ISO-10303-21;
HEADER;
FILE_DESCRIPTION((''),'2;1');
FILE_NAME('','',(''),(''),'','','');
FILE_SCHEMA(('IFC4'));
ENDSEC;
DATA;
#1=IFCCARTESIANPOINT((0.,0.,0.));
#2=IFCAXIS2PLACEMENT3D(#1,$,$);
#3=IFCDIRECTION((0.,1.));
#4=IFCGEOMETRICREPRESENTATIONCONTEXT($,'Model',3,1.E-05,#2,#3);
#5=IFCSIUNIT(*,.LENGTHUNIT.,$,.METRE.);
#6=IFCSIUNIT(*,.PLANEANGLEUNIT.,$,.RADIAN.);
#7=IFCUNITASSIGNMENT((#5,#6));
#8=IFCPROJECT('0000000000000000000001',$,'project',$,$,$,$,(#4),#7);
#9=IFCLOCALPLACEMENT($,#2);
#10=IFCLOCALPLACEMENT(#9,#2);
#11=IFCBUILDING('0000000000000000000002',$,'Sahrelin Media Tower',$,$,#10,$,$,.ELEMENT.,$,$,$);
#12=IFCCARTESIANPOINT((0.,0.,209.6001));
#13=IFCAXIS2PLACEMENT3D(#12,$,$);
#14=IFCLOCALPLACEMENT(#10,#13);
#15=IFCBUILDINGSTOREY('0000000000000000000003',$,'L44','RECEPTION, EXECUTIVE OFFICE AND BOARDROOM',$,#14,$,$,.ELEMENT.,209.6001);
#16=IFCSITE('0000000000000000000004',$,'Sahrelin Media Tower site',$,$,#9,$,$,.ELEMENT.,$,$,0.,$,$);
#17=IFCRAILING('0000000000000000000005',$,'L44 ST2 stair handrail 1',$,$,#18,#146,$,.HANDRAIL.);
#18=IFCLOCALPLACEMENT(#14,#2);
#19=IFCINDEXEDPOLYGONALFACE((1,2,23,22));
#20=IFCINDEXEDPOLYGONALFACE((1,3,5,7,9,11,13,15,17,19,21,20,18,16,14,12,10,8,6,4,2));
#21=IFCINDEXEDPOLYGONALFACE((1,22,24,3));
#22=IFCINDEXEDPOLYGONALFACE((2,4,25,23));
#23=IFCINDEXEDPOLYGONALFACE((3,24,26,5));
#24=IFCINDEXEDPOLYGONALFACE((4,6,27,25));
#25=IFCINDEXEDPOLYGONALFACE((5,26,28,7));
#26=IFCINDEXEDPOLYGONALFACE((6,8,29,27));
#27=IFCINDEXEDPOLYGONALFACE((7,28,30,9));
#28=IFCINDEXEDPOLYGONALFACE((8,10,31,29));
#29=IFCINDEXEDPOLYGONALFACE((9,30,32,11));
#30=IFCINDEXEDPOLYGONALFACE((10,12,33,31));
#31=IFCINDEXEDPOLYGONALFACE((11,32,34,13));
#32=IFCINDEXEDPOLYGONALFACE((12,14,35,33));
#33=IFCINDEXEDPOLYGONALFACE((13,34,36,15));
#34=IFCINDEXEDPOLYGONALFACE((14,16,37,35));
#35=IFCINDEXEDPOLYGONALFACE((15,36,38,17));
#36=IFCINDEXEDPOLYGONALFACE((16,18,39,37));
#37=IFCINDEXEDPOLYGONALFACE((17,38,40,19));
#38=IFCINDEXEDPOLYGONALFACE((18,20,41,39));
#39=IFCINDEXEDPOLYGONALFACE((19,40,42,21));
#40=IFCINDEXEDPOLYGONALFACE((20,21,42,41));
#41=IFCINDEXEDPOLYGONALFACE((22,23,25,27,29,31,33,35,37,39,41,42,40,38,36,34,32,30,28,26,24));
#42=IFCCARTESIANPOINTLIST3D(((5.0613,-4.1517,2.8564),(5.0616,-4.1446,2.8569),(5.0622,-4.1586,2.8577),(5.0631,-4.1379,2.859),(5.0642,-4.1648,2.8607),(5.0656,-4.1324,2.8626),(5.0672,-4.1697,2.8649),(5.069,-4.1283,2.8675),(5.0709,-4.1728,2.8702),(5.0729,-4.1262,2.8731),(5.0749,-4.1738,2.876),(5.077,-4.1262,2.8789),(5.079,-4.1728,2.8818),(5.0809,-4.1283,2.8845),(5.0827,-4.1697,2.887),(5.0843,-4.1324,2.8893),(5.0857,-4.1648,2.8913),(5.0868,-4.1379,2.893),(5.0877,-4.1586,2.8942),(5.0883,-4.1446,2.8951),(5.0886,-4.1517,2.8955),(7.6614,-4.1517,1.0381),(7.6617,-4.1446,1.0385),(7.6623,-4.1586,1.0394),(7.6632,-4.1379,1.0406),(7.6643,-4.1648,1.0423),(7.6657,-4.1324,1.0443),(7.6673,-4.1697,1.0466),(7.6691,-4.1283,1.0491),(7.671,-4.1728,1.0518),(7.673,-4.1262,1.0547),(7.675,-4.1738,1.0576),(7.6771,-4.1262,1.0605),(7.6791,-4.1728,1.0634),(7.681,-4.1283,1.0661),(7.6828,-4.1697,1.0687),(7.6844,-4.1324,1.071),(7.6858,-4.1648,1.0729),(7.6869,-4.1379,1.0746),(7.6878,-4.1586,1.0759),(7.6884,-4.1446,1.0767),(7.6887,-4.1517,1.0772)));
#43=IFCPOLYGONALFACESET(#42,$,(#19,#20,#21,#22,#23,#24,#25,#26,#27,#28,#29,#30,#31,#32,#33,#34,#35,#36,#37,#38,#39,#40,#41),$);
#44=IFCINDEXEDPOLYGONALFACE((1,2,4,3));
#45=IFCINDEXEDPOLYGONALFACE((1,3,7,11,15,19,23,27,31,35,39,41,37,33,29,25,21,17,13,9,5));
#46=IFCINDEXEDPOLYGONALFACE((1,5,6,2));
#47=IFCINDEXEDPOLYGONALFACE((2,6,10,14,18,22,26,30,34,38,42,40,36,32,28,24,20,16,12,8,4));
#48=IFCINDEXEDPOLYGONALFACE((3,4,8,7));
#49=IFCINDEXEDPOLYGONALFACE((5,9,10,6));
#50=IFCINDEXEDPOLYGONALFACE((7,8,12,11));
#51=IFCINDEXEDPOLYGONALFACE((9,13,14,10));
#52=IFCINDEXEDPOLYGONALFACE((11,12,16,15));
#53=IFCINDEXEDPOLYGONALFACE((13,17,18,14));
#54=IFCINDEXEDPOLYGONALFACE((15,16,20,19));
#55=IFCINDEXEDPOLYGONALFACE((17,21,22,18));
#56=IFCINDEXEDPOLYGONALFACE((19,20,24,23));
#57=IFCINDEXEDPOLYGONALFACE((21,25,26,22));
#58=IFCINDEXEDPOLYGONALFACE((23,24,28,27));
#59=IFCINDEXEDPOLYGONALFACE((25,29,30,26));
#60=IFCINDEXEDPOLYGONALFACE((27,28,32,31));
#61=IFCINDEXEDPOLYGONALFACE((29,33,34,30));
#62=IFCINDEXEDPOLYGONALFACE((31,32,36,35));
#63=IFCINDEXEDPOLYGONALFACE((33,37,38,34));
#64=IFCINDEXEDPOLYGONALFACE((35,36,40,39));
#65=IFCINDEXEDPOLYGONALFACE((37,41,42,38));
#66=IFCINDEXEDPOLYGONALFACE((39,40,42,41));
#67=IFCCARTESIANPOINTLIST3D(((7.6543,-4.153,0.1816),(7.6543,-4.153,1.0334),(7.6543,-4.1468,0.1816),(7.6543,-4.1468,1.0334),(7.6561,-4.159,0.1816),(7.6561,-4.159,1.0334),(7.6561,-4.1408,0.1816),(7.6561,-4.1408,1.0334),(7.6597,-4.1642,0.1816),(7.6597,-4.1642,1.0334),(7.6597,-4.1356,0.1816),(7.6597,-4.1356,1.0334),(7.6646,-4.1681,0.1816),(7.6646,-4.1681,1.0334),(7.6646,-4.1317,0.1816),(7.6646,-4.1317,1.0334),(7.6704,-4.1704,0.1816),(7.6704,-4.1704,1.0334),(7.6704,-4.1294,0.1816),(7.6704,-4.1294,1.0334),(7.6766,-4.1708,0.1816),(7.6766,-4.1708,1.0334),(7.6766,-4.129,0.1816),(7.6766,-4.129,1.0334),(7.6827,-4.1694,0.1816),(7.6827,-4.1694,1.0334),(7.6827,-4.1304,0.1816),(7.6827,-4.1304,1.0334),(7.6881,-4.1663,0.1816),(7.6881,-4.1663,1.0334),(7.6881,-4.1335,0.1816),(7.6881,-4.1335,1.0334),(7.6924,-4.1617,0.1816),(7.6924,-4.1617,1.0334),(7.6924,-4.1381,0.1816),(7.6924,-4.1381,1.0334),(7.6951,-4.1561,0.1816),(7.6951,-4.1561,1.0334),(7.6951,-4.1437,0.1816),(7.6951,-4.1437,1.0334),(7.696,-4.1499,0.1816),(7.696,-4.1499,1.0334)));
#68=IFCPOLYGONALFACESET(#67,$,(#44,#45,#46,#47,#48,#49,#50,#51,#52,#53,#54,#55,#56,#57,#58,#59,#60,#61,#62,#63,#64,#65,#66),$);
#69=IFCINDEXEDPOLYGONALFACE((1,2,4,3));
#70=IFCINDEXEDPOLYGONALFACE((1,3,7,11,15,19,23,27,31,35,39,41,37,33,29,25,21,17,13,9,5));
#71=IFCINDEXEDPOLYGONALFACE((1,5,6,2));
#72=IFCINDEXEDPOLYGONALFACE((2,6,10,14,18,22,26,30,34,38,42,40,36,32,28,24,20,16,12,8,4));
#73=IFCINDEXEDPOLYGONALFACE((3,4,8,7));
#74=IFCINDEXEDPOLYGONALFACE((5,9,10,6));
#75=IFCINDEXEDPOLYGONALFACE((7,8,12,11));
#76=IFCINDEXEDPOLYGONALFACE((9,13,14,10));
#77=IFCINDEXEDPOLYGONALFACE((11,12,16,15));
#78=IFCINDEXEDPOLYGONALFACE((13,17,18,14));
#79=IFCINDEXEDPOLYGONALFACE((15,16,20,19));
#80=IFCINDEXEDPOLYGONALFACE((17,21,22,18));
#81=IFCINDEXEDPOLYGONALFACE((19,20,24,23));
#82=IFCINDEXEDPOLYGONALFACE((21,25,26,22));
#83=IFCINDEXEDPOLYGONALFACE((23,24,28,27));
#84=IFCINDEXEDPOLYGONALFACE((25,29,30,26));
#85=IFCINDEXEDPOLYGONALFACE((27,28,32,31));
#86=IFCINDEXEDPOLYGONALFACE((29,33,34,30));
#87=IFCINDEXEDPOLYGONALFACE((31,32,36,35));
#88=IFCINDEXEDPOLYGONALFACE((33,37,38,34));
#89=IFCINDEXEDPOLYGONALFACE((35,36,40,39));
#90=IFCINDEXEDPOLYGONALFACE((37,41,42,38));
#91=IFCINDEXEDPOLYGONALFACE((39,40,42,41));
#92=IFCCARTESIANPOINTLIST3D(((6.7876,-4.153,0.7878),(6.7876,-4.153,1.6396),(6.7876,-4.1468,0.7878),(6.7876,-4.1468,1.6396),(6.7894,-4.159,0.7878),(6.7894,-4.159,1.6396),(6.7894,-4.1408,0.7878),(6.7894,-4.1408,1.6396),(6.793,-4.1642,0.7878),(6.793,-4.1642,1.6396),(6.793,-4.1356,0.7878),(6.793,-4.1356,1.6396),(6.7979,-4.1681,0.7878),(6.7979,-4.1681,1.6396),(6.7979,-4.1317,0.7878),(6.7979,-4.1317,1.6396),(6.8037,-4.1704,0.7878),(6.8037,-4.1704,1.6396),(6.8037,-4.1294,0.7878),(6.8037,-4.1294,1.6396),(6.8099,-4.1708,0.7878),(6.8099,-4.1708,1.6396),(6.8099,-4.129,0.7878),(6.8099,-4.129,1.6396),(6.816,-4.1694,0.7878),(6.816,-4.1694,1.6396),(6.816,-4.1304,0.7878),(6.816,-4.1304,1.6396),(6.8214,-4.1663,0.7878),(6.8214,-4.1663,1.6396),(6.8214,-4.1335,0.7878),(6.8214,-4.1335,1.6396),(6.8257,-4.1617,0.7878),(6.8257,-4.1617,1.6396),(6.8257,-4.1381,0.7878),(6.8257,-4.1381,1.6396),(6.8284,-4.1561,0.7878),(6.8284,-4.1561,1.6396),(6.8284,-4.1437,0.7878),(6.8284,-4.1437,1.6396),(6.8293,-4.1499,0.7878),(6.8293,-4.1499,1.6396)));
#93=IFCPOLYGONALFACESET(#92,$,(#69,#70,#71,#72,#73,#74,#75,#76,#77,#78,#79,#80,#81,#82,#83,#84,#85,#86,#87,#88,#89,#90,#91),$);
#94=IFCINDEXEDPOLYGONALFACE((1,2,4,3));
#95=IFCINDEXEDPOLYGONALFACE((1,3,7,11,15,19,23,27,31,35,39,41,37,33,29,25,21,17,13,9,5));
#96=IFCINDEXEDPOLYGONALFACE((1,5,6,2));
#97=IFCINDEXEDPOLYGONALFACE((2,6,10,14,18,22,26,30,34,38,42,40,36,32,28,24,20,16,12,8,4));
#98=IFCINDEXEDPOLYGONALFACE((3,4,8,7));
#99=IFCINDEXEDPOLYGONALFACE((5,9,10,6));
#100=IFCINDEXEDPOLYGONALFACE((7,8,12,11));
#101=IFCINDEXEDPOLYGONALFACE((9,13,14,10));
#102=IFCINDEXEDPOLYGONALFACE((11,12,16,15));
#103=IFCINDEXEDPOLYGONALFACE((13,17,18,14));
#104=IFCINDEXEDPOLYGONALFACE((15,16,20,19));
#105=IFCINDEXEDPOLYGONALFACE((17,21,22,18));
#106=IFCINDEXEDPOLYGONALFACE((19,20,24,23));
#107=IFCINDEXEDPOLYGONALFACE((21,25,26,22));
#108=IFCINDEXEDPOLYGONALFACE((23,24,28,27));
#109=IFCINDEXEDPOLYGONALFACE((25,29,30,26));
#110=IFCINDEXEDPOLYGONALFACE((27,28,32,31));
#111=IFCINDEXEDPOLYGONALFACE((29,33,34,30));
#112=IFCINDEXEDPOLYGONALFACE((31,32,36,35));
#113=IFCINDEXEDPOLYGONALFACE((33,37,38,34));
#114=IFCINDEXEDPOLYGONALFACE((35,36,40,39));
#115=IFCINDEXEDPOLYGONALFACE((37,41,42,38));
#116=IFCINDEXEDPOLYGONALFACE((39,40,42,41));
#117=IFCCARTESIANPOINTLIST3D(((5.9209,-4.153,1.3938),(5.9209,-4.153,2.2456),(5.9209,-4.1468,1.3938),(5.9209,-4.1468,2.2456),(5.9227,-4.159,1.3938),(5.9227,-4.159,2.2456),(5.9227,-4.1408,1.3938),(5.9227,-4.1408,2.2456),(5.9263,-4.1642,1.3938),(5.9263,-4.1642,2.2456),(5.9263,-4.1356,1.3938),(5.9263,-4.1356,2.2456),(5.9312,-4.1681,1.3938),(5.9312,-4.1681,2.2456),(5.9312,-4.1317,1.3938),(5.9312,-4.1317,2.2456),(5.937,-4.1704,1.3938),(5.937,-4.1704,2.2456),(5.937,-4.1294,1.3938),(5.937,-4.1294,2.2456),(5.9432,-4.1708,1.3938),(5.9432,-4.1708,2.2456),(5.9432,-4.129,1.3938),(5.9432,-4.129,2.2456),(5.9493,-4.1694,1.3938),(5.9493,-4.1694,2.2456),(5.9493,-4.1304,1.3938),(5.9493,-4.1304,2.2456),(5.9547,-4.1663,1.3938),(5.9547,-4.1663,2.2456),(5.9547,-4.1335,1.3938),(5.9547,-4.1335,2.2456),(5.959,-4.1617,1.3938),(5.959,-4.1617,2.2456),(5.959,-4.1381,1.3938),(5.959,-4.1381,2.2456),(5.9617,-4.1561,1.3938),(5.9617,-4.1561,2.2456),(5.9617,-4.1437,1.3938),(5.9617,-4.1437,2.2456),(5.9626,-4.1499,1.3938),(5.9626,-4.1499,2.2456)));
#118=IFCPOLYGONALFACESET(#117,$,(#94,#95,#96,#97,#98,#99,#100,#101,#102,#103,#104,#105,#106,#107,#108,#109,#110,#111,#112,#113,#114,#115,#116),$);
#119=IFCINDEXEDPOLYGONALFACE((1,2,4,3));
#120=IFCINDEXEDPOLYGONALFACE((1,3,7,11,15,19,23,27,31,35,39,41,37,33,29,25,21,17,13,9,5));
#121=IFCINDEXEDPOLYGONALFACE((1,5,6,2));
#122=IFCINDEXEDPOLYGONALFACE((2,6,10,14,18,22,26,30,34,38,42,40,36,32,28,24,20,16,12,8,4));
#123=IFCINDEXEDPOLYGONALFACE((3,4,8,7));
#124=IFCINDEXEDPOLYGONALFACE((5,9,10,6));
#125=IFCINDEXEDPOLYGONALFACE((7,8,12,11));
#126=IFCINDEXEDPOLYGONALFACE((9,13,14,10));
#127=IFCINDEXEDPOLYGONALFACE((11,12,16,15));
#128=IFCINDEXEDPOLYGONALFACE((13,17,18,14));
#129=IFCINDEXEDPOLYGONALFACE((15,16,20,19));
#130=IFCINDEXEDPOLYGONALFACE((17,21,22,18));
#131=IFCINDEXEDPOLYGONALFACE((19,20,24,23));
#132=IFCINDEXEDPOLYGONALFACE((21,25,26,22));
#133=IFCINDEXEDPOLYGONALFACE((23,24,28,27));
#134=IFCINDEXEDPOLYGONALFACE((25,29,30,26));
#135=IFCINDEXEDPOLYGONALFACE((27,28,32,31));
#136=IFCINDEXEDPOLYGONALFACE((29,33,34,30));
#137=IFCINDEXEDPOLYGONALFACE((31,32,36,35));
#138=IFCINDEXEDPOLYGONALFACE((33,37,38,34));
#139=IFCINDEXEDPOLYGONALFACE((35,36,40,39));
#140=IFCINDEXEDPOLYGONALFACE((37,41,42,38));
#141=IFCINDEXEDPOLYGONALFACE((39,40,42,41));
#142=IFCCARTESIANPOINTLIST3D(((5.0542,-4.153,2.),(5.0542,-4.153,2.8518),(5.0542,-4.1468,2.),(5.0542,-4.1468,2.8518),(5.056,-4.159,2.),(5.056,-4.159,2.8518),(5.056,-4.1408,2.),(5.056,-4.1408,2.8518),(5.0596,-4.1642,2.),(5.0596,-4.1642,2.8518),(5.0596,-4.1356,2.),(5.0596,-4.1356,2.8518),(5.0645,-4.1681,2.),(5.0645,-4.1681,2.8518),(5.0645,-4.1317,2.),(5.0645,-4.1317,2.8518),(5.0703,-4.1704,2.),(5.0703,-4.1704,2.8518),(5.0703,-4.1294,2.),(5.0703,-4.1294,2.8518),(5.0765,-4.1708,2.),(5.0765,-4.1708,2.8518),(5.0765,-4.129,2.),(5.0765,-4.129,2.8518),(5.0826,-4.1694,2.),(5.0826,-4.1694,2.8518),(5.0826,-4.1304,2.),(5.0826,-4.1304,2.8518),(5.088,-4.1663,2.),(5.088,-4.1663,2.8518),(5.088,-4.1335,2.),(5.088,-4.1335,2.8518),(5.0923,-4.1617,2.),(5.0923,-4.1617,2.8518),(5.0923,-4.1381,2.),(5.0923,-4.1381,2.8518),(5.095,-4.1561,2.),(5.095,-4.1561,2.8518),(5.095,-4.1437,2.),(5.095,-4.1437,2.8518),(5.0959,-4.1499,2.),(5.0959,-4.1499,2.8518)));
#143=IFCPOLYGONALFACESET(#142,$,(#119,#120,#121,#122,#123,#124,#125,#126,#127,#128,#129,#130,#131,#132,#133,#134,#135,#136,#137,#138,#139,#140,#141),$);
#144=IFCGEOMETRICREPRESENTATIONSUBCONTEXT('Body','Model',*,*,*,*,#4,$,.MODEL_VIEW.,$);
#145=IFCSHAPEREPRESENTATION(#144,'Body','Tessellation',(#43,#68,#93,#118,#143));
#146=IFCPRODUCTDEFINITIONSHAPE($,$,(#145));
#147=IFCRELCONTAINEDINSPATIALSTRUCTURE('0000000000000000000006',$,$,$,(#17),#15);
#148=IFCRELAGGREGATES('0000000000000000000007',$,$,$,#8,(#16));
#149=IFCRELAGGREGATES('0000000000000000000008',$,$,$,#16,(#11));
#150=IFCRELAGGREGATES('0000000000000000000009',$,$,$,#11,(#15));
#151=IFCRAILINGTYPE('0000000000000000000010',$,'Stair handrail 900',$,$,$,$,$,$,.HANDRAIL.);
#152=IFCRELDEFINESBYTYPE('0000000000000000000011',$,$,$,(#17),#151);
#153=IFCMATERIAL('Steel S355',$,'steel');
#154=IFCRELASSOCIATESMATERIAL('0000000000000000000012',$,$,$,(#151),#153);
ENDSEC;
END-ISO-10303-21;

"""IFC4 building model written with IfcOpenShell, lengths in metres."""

from ifc_helpers import new_model, si_unit, direction, frame, origin, origin_2d, place, context, subcontext, project, spatial, circle, extrude, material, type_object, element, save


model = new_model("IFC4")

# Units and contexts
model_context = context("Model", 3, precision=1e-05, world=origin(), true_north=direction((0.0, 1.0)))
body_context = subcontext(model_context, "Body", "Model", "MODEL_VIEW")
ifc_project = project(units=[si_unit("LENGTHUNIT", "METRE"), si_unit("PLANEANGLEUNIT", "RADIAN")], contexts=[model_context])

# Site, building, storey
site_placement = place(None, origin())
site = spatial("IfcSite", under=ifc_project, at=site_placement, Name="Sahrelin Media Tower site", CompositionType="ELEMENT", RefElevation=0.0)
building_placement = place(site_placement, origin())
building = spatial("IfcBuilding", under=site, at=building_placement, Name="Sahrelin Media Tower", CompositionType="ELEMENT")
storey_placement = place(building_placement, frame((0.0, 0.0, 209.6001)))
storey = spatial("IfcBuildingStorey", under=building, at=storey_placement, Name="L44", Description="RECEPTION, EXECUTIVE OFFICE AND BOARDROOM", CompositionType="ELEMENT", Elevation=209.6001)

# Shared definitions
ifc_material_1 = material(Name="Steel S355", Category="steel")

# Railing
railing_type_1 = type_object("IfcRailingType", Name="Stair handrail 900", PredefinedType="HANDRAIL", material=ifc_material_1)
railing_1_placement = place(storey_placement, frame((7.675, -4.1499, 0.1816)))
element("IfcRailing", 1, at=railing_1_placement, inside=storey, type_object=railing_type_1, Name="L44 ST2 stair handrail 1", PredefinedType="HANDRAIL", context=body_context, shape_type="SweptSolid", body=[
    extrude(circle(Radius=0.0239, at=origin_2d()), frame((0.0, 0.0, 0.876), z_axis=(-0.819485, 0.0, 0.573101), x_axis=(0.0, -1.0, 0.0)), (0.0, 0.0, 1.0), 3.1729),
    extrude(circle(Radius=0.021, at=origin_2d()), origin(), (0.0, 0.0, 1.0), 0.8518),
    extrude(circle(Radius=0.021, at=origin_2d()), frame((-0.8667, 0.0, 0.6062)), (0.0, 0.0, 1.0), 0.8518),
    extrude(circle(Radius=0.021, at=origin_2d()), frame((-1.7334, 0.0, 1.2122)), (0.0, 0.0, 1.0), 0.8518),
    extrude(circle(Radius=0.021, at=origin_2d()), frame((-2.6001, 0.0, 1.8184)), (0.0, 0.0, 1.0), 0.8518),
])

save(model, "model.ifc")
